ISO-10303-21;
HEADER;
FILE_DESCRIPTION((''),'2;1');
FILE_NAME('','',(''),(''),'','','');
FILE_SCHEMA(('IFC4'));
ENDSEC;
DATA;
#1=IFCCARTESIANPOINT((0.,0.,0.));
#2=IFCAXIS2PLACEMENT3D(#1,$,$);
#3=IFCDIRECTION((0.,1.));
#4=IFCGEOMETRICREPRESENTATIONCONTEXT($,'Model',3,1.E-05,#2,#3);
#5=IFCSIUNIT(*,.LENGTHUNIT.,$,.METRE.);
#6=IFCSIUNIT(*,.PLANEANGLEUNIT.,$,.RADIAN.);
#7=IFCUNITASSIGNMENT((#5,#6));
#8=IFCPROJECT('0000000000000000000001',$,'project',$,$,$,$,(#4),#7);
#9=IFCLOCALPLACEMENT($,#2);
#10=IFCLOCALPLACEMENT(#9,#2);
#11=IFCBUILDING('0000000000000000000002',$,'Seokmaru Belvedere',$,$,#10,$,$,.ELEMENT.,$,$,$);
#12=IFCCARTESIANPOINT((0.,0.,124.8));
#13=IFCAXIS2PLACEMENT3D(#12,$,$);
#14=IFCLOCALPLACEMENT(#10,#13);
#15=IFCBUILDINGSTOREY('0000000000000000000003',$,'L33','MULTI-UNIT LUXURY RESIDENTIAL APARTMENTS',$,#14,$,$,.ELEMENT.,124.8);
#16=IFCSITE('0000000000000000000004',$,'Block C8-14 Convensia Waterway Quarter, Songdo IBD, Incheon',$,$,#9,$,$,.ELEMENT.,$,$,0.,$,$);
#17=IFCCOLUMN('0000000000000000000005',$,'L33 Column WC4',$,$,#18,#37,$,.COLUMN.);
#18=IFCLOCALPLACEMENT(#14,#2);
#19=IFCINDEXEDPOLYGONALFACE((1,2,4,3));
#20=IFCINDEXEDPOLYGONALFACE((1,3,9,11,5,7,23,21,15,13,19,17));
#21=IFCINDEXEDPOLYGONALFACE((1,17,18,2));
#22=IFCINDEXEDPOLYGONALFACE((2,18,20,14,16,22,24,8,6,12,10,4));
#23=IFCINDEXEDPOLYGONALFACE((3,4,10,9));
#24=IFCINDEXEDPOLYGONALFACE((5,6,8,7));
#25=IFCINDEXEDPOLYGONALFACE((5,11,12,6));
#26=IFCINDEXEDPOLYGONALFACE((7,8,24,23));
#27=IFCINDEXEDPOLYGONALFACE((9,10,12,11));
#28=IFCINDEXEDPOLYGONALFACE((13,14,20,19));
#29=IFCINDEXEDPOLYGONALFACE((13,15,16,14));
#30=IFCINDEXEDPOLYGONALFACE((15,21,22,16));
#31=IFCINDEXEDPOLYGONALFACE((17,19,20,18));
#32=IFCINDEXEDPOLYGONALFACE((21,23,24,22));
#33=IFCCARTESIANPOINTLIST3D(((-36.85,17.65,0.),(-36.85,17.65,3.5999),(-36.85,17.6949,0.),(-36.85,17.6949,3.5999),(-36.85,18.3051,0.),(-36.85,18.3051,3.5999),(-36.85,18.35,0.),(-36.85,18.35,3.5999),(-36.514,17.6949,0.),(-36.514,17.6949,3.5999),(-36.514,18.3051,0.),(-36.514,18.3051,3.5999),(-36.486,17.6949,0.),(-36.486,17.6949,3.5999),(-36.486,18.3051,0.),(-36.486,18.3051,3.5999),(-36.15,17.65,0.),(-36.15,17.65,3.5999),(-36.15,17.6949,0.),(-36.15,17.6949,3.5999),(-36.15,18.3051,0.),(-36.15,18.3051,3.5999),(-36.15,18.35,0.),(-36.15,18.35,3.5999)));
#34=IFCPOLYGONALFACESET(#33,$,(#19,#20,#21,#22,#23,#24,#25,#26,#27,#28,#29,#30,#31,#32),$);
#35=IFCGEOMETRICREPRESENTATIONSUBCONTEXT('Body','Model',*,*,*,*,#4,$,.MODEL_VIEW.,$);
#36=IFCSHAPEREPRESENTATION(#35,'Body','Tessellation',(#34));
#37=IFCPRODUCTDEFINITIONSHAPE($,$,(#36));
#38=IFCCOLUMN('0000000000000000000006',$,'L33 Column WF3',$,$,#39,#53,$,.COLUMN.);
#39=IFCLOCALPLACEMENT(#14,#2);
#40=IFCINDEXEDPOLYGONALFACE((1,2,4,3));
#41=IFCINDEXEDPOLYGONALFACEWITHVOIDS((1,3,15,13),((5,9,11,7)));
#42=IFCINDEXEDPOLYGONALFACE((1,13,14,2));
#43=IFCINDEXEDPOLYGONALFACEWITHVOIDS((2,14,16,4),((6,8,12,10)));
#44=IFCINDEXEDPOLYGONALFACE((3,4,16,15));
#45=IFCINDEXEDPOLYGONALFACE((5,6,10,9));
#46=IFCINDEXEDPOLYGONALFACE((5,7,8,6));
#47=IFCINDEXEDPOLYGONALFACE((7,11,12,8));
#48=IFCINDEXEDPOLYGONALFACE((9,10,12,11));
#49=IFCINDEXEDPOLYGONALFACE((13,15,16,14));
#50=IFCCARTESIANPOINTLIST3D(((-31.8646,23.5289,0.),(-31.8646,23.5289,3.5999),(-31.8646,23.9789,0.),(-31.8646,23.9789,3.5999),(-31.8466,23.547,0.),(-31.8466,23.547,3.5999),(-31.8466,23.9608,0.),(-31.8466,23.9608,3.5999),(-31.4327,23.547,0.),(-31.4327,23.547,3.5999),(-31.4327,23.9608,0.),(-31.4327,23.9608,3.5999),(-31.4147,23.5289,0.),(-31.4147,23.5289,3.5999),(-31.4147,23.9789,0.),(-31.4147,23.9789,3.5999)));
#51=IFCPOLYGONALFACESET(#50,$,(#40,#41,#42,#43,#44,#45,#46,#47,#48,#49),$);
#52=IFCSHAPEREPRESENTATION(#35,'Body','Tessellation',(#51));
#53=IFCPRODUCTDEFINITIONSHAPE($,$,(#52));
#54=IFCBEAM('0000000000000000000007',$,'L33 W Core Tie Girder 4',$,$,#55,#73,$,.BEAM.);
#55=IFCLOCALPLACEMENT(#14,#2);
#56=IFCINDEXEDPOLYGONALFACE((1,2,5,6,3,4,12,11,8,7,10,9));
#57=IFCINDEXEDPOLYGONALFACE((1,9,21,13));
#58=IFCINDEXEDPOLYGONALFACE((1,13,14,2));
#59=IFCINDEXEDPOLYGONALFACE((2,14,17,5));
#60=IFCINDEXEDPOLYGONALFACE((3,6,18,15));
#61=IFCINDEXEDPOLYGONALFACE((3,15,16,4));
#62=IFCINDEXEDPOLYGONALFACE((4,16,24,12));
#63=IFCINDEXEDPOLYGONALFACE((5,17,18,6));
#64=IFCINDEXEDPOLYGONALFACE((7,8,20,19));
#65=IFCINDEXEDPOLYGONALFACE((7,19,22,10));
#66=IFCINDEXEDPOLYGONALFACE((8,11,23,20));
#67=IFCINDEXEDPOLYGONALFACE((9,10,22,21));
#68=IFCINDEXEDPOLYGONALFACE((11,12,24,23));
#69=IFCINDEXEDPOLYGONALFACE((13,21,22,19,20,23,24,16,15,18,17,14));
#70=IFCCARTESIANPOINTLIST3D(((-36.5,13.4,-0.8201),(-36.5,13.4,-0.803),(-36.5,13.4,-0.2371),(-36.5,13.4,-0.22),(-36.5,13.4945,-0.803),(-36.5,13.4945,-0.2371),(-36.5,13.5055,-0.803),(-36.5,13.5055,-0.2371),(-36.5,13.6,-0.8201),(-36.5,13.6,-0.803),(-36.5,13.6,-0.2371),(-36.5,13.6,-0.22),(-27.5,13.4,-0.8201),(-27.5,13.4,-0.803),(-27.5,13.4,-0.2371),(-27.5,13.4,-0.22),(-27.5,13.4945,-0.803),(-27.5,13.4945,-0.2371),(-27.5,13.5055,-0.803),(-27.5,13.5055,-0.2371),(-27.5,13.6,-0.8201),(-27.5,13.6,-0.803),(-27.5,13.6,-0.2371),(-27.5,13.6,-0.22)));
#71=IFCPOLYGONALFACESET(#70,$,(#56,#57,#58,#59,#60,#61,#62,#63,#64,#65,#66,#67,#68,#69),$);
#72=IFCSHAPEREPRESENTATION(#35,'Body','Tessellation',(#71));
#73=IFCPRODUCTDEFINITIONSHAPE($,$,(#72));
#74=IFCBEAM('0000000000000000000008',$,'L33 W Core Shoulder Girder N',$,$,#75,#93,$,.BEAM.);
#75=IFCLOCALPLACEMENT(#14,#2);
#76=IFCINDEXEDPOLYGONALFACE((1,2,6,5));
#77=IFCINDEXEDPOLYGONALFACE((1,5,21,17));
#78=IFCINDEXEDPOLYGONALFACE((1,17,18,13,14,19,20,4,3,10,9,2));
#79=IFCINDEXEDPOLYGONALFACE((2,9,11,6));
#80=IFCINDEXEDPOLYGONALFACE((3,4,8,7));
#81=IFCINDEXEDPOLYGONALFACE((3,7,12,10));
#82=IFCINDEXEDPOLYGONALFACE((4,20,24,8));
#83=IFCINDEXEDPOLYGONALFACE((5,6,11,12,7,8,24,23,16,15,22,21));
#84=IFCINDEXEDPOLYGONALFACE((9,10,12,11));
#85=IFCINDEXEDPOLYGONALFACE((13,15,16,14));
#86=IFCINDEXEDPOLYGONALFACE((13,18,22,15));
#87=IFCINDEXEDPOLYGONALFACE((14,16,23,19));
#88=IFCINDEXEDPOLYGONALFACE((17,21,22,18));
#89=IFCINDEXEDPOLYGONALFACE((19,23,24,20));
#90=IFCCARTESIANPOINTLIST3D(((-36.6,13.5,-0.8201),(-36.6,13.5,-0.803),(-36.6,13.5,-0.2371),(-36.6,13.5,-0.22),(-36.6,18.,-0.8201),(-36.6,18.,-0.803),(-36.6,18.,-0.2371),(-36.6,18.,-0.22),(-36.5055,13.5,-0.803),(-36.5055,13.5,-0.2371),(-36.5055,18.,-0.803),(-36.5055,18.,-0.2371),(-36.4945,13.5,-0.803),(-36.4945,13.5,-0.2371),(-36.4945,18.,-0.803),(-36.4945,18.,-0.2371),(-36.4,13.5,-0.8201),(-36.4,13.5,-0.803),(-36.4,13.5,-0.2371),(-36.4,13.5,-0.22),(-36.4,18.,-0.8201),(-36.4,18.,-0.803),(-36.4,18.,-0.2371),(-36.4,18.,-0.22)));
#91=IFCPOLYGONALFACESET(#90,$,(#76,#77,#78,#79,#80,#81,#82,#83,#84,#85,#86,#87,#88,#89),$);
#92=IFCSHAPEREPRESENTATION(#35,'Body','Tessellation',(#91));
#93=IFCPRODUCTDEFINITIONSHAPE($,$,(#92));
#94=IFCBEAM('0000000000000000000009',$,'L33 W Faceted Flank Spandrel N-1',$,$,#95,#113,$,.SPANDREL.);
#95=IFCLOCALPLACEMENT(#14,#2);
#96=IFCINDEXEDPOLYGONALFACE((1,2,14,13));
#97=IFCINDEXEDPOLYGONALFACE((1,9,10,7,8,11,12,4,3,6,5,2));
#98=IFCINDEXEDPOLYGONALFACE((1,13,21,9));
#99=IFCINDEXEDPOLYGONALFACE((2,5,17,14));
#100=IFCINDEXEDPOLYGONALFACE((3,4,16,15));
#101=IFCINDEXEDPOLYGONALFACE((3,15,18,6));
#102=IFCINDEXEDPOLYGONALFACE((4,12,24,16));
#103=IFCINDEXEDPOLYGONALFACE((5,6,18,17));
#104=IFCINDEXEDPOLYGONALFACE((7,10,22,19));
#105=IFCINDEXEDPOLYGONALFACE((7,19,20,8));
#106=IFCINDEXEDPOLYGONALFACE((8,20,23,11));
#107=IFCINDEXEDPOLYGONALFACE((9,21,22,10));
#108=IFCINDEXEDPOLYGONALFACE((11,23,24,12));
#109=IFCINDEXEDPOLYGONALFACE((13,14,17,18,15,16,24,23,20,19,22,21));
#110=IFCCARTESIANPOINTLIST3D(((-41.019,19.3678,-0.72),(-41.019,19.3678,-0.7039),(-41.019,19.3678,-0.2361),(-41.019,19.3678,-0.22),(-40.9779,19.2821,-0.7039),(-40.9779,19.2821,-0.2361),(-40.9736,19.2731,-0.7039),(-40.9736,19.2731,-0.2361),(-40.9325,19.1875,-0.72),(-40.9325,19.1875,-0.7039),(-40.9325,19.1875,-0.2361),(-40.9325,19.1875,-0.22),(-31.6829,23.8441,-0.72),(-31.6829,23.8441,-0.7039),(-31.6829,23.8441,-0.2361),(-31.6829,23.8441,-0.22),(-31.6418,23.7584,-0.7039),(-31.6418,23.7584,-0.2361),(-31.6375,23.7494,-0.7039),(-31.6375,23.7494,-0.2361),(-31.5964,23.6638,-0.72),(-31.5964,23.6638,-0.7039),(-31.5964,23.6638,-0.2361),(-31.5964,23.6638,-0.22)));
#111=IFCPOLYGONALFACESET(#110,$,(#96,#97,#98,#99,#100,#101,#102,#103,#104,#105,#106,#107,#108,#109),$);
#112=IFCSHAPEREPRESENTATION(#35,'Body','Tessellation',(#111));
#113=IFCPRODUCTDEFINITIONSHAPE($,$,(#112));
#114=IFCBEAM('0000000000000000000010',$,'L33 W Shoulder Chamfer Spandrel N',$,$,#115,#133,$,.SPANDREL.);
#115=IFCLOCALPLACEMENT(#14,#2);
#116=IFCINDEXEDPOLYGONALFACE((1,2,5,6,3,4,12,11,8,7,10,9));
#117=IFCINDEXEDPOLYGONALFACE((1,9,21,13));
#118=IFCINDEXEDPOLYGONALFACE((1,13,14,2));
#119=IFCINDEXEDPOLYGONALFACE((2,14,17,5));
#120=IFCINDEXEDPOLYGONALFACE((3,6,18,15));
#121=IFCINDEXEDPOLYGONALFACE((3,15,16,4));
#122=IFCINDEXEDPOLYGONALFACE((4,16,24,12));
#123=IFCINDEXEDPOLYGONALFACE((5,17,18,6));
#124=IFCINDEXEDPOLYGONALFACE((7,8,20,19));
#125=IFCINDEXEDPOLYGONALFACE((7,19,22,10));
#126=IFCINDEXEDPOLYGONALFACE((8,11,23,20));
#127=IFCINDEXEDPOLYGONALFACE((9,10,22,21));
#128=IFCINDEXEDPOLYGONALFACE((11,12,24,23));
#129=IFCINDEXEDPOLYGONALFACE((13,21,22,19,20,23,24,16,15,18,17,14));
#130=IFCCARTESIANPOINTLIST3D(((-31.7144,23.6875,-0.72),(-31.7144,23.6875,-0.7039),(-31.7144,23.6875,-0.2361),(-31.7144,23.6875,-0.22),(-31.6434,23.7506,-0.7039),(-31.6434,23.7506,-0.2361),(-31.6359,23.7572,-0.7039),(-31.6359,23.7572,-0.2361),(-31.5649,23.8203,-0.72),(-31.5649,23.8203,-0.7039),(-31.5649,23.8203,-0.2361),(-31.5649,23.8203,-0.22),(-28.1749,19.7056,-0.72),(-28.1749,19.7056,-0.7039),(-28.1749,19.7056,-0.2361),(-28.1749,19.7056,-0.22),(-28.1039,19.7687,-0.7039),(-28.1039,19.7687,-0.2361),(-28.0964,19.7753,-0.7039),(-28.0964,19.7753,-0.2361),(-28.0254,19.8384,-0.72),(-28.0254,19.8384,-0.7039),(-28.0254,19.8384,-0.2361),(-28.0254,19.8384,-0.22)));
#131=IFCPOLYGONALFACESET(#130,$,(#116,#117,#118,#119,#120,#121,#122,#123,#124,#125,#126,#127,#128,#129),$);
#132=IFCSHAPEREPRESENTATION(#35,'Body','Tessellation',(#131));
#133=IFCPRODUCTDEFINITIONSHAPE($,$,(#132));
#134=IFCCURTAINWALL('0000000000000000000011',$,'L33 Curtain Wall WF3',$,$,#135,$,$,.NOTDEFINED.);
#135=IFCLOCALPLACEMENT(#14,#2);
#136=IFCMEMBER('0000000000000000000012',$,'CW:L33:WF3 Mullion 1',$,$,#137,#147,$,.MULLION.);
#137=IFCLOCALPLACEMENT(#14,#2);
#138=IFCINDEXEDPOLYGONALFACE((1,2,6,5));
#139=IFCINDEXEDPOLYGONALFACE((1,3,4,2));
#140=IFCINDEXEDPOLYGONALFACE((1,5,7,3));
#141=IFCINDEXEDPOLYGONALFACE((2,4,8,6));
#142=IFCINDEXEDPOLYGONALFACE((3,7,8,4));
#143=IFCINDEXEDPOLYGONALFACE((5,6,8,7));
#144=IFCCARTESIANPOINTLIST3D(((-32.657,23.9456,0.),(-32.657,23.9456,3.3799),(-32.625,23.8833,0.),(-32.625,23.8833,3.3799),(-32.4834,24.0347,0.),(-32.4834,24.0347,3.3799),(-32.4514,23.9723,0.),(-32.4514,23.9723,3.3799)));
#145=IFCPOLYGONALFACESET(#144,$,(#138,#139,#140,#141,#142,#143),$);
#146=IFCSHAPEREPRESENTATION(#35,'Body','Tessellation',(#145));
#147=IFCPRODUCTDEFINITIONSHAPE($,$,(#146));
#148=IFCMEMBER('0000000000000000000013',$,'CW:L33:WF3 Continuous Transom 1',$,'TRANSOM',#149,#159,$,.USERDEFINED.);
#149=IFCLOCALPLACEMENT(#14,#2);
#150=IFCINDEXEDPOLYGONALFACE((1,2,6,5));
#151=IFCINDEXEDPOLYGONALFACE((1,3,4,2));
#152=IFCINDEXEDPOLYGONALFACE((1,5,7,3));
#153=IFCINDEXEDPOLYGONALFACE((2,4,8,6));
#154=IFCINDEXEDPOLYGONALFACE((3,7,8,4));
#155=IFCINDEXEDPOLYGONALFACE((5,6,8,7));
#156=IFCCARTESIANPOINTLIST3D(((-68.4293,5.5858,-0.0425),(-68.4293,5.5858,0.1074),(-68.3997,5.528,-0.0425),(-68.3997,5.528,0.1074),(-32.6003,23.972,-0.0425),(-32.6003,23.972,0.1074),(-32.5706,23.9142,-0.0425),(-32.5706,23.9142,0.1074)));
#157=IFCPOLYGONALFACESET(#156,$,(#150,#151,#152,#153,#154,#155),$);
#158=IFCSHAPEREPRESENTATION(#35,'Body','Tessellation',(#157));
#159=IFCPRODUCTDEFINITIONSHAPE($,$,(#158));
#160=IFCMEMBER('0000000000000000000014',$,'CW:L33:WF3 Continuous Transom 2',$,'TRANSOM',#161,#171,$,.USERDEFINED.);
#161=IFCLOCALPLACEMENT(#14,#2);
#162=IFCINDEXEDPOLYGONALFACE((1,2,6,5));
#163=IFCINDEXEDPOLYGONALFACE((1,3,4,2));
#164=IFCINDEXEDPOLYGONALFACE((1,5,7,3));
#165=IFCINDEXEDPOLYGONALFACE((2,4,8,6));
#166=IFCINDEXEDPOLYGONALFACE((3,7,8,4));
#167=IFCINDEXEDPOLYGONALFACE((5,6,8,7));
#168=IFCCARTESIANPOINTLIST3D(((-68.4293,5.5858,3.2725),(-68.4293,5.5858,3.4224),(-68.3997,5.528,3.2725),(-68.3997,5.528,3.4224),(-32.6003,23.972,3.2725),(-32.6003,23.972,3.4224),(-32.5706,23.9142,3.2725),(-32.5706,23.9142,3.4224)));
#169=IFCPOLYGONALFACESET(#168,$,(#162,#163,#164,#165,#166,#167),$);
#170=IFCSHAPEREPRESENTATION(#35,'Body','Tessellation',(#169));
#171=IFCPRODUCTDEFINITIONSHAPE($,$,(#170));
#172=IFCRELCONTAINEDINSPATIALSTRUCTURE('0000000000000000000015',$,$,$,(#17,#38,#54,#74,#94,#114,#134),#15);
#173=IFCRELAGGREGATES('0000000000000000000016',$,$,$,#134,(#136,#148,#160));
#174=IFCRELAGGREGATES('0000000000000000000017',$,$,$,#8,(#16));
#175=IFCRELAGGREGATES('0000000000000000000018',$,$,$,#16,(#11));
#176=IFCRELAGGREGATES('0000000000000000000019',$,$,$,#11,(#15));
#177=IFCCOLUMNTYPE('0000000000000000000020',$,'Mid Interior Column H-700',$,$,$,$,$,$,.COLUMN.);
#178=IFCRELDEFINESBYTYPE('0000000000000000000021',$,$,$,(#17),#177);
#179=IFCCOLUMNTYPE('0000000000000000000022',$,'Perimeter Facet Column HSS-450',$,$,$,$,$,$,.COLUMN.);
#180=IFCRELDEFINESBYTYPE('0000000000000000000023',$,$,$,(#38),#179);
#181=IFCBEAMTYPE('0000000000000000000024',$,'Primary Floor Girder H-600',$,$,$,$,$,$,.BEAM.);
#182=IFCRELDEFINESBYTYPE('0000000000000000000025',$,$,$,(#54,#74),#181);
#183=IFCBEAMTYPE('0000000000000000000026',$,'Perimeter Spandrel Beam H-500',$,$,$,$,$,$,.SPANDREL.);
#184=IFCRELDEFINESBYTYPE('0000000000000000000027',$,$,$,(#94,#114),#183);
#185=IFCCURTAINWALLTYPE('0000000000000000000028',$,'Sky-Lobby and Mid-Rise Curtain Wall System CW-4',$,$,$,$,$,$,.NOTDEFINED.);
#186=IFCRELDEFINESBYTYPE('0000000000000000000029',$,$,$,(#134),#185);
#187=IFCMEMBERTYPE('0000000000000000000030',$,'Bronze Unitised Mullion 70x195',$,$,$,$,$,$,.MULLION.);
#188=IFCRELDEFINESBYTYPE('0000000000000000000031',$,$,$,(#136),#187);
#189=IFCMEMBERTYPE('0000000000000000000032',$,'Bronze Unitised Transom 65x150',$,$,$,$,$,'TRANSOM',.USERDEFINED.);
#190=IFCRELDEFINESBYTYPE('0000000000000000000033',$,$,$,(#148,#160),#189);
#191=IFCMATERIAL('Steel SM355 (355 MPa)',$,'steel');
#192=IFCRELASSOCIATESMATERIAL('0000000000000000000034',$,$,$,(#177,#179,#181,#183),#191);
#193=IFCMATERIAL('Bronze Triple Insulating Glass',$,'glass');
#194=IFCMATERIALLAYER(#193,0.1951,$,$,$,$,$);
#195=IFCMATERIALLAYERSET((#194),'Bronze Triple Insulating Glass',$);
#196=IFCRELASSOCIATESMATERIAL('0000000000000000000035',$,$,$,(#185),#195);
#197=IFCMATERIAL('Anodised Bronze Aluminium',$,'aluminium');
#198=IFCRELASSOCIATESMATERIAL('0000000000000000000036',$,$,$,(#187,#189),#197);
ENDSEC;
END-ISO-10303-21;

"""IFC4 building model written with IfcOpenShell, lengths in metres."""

from ifc_helpers import new_model, si_unit, direction, frame, origin, origin_2d, place, context, subcontext, project, spatial, rectangle, hollow_rectangle, i_section, extrude, source, transform, mapped, material, layer, layer_set, material_profile, profile_set, type_object, type_shapes, element, aggregate, save


model = new_model("IFC4")

# Units and contexts
model_context = context("Model", 3, precision=1e-05, world=origin(), true_north=direction((0.0, 1.0)))
body_context = subcontext(model_context, "Body", "Model", "MODEL_VIEW")
ifc_project = project(units=[si_unit("LENGTHUNIT", "METRE"), si_unit("PLANEANGLEUNIT", "RADIAN")], contexts=[model_context])

# Site, building, storey
site_placement = place(None, origin())
site = spatial("IfcSite", under=ifc_project, at=site_placement, Name="Block C8-14 Convensia Waterway Quarter, Songdo IBD, Incheon", CompositionType="ELEMENT", RefElevation=0.0)
building_placement = place(site_placement, origin())
building = spatial("IfcBuilding", under=site, at=building_placement, Name="Seokmaru Belvedere", CompositionType="ELEMENT")
storey_placement = place(building_placement, frame((0.0, 0.0, 124.8)))
storey = spatial("IfcBuildingStorey", under=building, at=storey_placement, Name="L33", Description="MULTI-UNIT LUXURY RESIDENTIAL APARTMENTS", CompositionType="ELEMENT", Elevation=124.8)

# Columns
ifc_material_1 = material(Name="Steel SM355 (355 MPa)", Category="steel")
ifc_material_profile_1 = material_profile(ifc_material_1, i_section(OverallWidth=0.7, OverallDepth=0.7, WebThickness=0.0281, FlangeThickness=0.0449, at=origin_2d()), Name="H-700x700x28x45")
ifc_profile_set_1 = profile_set([ifc_material_profile_1], Name="Steel SM355 (355 MPa)")
column_type_1 = type_object("IfcColumnType", Name="Mid Interior Column H-700", PredefinedType="COLUMN", material=ifc_profile_set_1)
shared_shape_1 = source(origin(), body_context, "Body", "SweptSolid", [
    extrude(i_section(OverallWidth=0.7, OverallDepth=0.7, WebThickness=0.0281, FlangeThickness=0.0449, at=origin_2d()), origin(), (0.0, 0.0, 1.0), 3.5999),
])
type_shapes(column_type_1, [shared_shape_1])
column_1_placement = place(storey_placement, frame((-36.5, 18.0, 0.0), z_axis=(0.0, 0.0, 1.0), x_axis=(1.0, 0.0, 0.0)))
element("IfcColumn", 1, at=column_1_placement, inside=storey, type_object=column_type_1, Name="L33 Column WC4", PredefinedType="COLUMN", context=body_context, shape_type="MappedRepresentation", body=[
    mapped(shared_shape_1, transform((0.0, 0.0, 0.0), scale=1.0)),
])
ifc_material_profile_2 = material_profile(ifc_material_1, hollow_rectangle(XDim=0.45, YDim=0.45, WallThickness=0.0181, at=origin_2d()), Name="HSS-450x450x18")
ifc_profile_set_2 = profile_set([ifc_material_profile_2], Name="Steel SM355 (355 MPa)")
column_type_2 = type_object("IfcColumnType", Name="Perimeter Facet Column HSS-450", PredefinedType="COLUMN", material=ifc_profile_set_2)
shared_shape_2 = source(origin(), body_context, "Body", "SweptSolid", [
    extrude(hollow_rectangle(XDim=0.45, YDim=0.45, WallThickness=0.0181, at=origin_2d()), origin(), (0.0, 0.0, 1.0), 3.5999),
])
type_shapes(column_type_2, [shared_shape_2])
column_2_placement = place(storey_placement, frame((-31.6396, 23.7539, 0.0), z_axis=(0.0, 0.0, 1.0), x_axis=(1.0, 0.0, 0.0)))
element("IfcColumn", 2, at=column_2_placement, inside=storey, type_object=column_type_2, Name="L33 Column WF3", PredefinedType="COLUMN", context=body_context, shape_type="MappedRepresentation", body=[
    mapped(shared_shape_2, transform((0.0, 0.0, 0.0), scale=1.0)),
])

# Beams
ifc_material_profile_3 = material_profile(ifc_material_1, i_section(OverallWidth=0.2, OverallDepth=0.6001, WebThickness=0.011, FlangeThickness=0.0171, at=origin_2d()), Name="H-600x200x11x17")
ifc_profile_set_3 = profile_set([ifc_material_profile_3], Name="Steel SM355 (355 MPa)")
beam_type_1 = type_object("IfcBeamType", Name="Primary Floor Girder H-600", PredefinedType="BEAM", material=ifc_profile_set_3)
shared_shape_3 = source(origin(), body_context, "Body", "SweptSolid", [
    extrude(i_section(OverallWidth=0.2, OverallDepth=0.6001, WebThickness=0.011, FlangeThickness=0.0171, at=origin_2d()), origin(), (0.0, 0.0, 1.0), 9.0),
])
beam_1_placement = place(storey_placement, frame((-36.5, 13.5, -0.52), z_axis=(1.0, 0.0, 0.0), x_axis=(0.0, 1.0, 0.0)))
element("IfcBeam", 3, at=beam_1_placement, inside=storey, type_object=beam_type_1, Name="L33 W Core Tie Girder 4", PredefinedType="BEAM", context=body_context, shape_type="MappedRepresentation", body=[
    mapped(shared_shape_3, transform((0.0, 0.0, 0.0), scale=1.0)),
])
shared_shape_4 = source(origin(), body_context, "Body", "SweptSolid", [
    extrude(i_section(OverallWidth=0.2, OverallDepth=0.6001, WebThickness=0.011, FlangeThickness=0.0171, at=origin_2d()), origin(), (0.0, 0.0, 1.0), 4.5),
])
type_shapes(beam_type_1, [shared_shape_3, shared_shape_4])
beam_2_placement = place(storey_placement, frame((-36.5, 13.5, -0.52), z_axis=(0.0, 1.0, 0.0), x_axis=(-1.0, 0.0, 0.0)))
element("IfcBeam", 4, at=beam_2_placement, inside=storey, type_object=beam_type_1, Name="L33 W Core Shoulder Girder N", PredefinedType="BEAM", context=body_context, shape_type="MappedRepresentation", body=[
    mapped(shared_shape_4, transform((0.0, 0.0, 0.0), scale=1.0)),
])
ifc_material_profile_4 = material_profile(ifc_material_1, i_section(OverallWidth=0.2, OverallDepth=0.5, WebThickness=0.01, FlangeThickness=0.0161, at=origin_2d()), Name="H-500x200x10x16")
ifc_profile_set_4 = profile_set([ifc_material_profile_4], Name="Steel SM355 (355 MPa)")
beam_type_2 = type_object("IfcBeamType", Name="Perimeter Spandrel Beam H-500", PredefinedType="SPANDREL", material=ifc_profile_set_4)
shared_shape_5 = source(origin(), body_context, "Body", "SweptSolid", [
    extrude(i_section(OverallWidth=0.2, OverallDepth=0.5, WebThickness=0.01, FlangeThickness=0.0161, at=origin_2d()), origin(), (0.0, 0.0, 1.0), 10.3538),
])
beam_3_placement = place(storey_placement, frame((-31.6396, 23.7539, -0.47), z_axis=(-0.901713, -0.432335, 0.0), x_axis=(0.432335, -0.901713, 0.0)))
element("IfcBeam", 5, at=beam_3_placement, inside=storey, type_object=beam_type_2, Name="L33 W Faceted Flank Spandrel N-1", PredefinedType="SPANDREL", context=body_context, shape_type="MappedRepresentation", body=[
    mapped(shared_shape_5, transform((0.0, 0.0, 0.0), scale=1.0)),
])
shared_shape_6 = source(origin(), body_context, "Body", "SweptSolid", [
    extrude(i_section(OverallWidth=0.2, OverallDepth=0.5, WebThickness=0.01, FlangeThickness=0.0161, at=origin_2d()), origin(), (0.0, 0.0, 1.0), 5.3276),
])
type_shapes(beam_type_2, [shared_shape_5, shared_shape_6])
beam_4_placement = place(storey_placement, frame((-31.6396, 23.7539, -0.47), z_axis=(0.66437, -0.747404, 0.0), x_axis=(0.747404, 0.66437, 0.0)))
element("IfcBeam", 6, at=beam_4_placement, inside=storey, type_object=beam_type_2, Name="L33 W Shoulder Chamfer Spandrel N", PredefinedType="SPANDREL", context=body_context, shape_type="MappedRepresentation", body=[
    mapped(shared_shape_6, transform((0.0, 0.0, 0.0), scale=1.0)),
])

# Curtain wall, members
ifc_material_2 = material(Name="Bronze Triple Insulating Glass", Category="glass")
ifc_layer_1 = layer(ifc_material_2, 0.1951)
ifc_layer_set_1 = layer_set([ifc_layer_1], Name="Bronze Triple Insulating Glass")
curtain_wall_type = type_object("IfcCurtainWallType", Name="Sky-Lobby and Mid-Rise Curtain Wall System CW-4", PredefinedType="NOTDEFINED", material=ifc_layer_set_1)
curtain_wall_placement = place(storey_placement, origin())
curtain_wall = element("IfcCurtainWall", 7, at=curtain_wall_placement, inside=storey, type_object=curtain_wall_type, Name="L33 Curtain Wall WF3", PredefinedType="NOTDEFINED")
ifc_material_3 = material(Name="Anodised Bronze Aluminium", Category="aluminium")
ifc_material_profile_5 = material_profile(ifc_material_3, rectangle(XDim=0.0701, YDim=0.1951, at=origin_2d()), Name="CW-M-70x195")
ifc_profile_set_5 = profile_set([ifc_material_profile_5], Name="Anodised Bronze Aluminium")
member_type_1 = type_object("IfcMemberType", Name="Bronze Unitised Mullion 70x195", PredefinedType="MULLION", material=ifc_profile_set_5)
shared_shape_7 = source(origin(), body_context, "Body", "SweptSolid", [
    extrude(rectangle(XDim=0.0701, YDim=0.1951, at=origin_2d()), origin(), (0.0, 0.0, 1.0), 3.3799),
])
type_shapes(member_type_1, [shared_shape_7])
member_1_placement = place(storey_placement, frame((-32.5542, 23.959, 0.0), z_axis=(0.0, 0.0, 1.0), x_axis=(0.456555, -0.889695, 0.0)))
member_1 = element("IfcMember", 8, at=member_1_placement, type_object=member_type_1, Name="CW:L33:WF3 Mullion 1", PredefinedType="MULLION", context=body_context, shape_type="MappedRepresentation", body=[
    mapped(shared_shape_7, transform((0.0, 0.0, 0.0), scale=1.0)),
])
ifc_material_profile_6 = material_profile(ifc_material_3, rectangle(XDim=0.0649, YDim=0.1499, at=origin_2d()), Name="CW-T-65x150")
ifc_profile_set_6 = profile_set([ifc_material_profile_6], Name="Anodised Bronze Aluminium")
member_type_2 = type_object("IfcMemberType", Name="Bronze Unitised Transom 65x150", ElementType="TRANSOM", PredefinedType="USERDEFINED", material=ifc_profile_set_6)
shared_shape_8 = source(origin(), body_context, "Body", "SweptSolid", [
    extrude(rectangle(XDim=0.0649, YDim=0.1499, at=origin_2d()), origin(), (0.0, 0.0, 1.0), 40.2712),
])
type_shapes(member_type_2, [shared_shape_8])
member_2_placement = place(storey_placement, frame((-32.5854, 23.9431, 0.0325), z_axis=(-0.889693, -0.456559, 0.0), x_axis=(0.456559, -0.889693, 0.0)))
member_2 = element("IfcMember", 9, at=member_2_placement, type_object=member_type_2, Name="CW:L33:WF3 Continuous Transom 1", ObjectType="TRANSOM", PredefinedType="USERDEFINED", context=body_context, shape_type="MappedRepresentation", body=[
    mapped(shared_shape_8, transform((0.0, 0.0, 0.0), scale=1.0)),
])
member_3_placement = place(storey_placement, frame((-32.5854, 23.9431, 3.3474), z_axis=(-0.889693, -0.456559, 0.0), x_axis=(0.456559, -0.889693, 0.0)))
member_3 = element("IfcMember", 10, at=member_3_placement, type_object=member_type_2, Name="CW:L33:WF3 Continuous Transom 2", ObjectType="TRANSOM", PredefinedType="USERDEFINED", context=body_context, shape_type="MappedRepresentation", body=[
    mapped(shared_shape_8, transform((0.0, 0.0, 0.0), scale=1.0)),
])
aggregate(curtain_wall, [member_1, member_2, member_3])

save(model, "model.ifc")
